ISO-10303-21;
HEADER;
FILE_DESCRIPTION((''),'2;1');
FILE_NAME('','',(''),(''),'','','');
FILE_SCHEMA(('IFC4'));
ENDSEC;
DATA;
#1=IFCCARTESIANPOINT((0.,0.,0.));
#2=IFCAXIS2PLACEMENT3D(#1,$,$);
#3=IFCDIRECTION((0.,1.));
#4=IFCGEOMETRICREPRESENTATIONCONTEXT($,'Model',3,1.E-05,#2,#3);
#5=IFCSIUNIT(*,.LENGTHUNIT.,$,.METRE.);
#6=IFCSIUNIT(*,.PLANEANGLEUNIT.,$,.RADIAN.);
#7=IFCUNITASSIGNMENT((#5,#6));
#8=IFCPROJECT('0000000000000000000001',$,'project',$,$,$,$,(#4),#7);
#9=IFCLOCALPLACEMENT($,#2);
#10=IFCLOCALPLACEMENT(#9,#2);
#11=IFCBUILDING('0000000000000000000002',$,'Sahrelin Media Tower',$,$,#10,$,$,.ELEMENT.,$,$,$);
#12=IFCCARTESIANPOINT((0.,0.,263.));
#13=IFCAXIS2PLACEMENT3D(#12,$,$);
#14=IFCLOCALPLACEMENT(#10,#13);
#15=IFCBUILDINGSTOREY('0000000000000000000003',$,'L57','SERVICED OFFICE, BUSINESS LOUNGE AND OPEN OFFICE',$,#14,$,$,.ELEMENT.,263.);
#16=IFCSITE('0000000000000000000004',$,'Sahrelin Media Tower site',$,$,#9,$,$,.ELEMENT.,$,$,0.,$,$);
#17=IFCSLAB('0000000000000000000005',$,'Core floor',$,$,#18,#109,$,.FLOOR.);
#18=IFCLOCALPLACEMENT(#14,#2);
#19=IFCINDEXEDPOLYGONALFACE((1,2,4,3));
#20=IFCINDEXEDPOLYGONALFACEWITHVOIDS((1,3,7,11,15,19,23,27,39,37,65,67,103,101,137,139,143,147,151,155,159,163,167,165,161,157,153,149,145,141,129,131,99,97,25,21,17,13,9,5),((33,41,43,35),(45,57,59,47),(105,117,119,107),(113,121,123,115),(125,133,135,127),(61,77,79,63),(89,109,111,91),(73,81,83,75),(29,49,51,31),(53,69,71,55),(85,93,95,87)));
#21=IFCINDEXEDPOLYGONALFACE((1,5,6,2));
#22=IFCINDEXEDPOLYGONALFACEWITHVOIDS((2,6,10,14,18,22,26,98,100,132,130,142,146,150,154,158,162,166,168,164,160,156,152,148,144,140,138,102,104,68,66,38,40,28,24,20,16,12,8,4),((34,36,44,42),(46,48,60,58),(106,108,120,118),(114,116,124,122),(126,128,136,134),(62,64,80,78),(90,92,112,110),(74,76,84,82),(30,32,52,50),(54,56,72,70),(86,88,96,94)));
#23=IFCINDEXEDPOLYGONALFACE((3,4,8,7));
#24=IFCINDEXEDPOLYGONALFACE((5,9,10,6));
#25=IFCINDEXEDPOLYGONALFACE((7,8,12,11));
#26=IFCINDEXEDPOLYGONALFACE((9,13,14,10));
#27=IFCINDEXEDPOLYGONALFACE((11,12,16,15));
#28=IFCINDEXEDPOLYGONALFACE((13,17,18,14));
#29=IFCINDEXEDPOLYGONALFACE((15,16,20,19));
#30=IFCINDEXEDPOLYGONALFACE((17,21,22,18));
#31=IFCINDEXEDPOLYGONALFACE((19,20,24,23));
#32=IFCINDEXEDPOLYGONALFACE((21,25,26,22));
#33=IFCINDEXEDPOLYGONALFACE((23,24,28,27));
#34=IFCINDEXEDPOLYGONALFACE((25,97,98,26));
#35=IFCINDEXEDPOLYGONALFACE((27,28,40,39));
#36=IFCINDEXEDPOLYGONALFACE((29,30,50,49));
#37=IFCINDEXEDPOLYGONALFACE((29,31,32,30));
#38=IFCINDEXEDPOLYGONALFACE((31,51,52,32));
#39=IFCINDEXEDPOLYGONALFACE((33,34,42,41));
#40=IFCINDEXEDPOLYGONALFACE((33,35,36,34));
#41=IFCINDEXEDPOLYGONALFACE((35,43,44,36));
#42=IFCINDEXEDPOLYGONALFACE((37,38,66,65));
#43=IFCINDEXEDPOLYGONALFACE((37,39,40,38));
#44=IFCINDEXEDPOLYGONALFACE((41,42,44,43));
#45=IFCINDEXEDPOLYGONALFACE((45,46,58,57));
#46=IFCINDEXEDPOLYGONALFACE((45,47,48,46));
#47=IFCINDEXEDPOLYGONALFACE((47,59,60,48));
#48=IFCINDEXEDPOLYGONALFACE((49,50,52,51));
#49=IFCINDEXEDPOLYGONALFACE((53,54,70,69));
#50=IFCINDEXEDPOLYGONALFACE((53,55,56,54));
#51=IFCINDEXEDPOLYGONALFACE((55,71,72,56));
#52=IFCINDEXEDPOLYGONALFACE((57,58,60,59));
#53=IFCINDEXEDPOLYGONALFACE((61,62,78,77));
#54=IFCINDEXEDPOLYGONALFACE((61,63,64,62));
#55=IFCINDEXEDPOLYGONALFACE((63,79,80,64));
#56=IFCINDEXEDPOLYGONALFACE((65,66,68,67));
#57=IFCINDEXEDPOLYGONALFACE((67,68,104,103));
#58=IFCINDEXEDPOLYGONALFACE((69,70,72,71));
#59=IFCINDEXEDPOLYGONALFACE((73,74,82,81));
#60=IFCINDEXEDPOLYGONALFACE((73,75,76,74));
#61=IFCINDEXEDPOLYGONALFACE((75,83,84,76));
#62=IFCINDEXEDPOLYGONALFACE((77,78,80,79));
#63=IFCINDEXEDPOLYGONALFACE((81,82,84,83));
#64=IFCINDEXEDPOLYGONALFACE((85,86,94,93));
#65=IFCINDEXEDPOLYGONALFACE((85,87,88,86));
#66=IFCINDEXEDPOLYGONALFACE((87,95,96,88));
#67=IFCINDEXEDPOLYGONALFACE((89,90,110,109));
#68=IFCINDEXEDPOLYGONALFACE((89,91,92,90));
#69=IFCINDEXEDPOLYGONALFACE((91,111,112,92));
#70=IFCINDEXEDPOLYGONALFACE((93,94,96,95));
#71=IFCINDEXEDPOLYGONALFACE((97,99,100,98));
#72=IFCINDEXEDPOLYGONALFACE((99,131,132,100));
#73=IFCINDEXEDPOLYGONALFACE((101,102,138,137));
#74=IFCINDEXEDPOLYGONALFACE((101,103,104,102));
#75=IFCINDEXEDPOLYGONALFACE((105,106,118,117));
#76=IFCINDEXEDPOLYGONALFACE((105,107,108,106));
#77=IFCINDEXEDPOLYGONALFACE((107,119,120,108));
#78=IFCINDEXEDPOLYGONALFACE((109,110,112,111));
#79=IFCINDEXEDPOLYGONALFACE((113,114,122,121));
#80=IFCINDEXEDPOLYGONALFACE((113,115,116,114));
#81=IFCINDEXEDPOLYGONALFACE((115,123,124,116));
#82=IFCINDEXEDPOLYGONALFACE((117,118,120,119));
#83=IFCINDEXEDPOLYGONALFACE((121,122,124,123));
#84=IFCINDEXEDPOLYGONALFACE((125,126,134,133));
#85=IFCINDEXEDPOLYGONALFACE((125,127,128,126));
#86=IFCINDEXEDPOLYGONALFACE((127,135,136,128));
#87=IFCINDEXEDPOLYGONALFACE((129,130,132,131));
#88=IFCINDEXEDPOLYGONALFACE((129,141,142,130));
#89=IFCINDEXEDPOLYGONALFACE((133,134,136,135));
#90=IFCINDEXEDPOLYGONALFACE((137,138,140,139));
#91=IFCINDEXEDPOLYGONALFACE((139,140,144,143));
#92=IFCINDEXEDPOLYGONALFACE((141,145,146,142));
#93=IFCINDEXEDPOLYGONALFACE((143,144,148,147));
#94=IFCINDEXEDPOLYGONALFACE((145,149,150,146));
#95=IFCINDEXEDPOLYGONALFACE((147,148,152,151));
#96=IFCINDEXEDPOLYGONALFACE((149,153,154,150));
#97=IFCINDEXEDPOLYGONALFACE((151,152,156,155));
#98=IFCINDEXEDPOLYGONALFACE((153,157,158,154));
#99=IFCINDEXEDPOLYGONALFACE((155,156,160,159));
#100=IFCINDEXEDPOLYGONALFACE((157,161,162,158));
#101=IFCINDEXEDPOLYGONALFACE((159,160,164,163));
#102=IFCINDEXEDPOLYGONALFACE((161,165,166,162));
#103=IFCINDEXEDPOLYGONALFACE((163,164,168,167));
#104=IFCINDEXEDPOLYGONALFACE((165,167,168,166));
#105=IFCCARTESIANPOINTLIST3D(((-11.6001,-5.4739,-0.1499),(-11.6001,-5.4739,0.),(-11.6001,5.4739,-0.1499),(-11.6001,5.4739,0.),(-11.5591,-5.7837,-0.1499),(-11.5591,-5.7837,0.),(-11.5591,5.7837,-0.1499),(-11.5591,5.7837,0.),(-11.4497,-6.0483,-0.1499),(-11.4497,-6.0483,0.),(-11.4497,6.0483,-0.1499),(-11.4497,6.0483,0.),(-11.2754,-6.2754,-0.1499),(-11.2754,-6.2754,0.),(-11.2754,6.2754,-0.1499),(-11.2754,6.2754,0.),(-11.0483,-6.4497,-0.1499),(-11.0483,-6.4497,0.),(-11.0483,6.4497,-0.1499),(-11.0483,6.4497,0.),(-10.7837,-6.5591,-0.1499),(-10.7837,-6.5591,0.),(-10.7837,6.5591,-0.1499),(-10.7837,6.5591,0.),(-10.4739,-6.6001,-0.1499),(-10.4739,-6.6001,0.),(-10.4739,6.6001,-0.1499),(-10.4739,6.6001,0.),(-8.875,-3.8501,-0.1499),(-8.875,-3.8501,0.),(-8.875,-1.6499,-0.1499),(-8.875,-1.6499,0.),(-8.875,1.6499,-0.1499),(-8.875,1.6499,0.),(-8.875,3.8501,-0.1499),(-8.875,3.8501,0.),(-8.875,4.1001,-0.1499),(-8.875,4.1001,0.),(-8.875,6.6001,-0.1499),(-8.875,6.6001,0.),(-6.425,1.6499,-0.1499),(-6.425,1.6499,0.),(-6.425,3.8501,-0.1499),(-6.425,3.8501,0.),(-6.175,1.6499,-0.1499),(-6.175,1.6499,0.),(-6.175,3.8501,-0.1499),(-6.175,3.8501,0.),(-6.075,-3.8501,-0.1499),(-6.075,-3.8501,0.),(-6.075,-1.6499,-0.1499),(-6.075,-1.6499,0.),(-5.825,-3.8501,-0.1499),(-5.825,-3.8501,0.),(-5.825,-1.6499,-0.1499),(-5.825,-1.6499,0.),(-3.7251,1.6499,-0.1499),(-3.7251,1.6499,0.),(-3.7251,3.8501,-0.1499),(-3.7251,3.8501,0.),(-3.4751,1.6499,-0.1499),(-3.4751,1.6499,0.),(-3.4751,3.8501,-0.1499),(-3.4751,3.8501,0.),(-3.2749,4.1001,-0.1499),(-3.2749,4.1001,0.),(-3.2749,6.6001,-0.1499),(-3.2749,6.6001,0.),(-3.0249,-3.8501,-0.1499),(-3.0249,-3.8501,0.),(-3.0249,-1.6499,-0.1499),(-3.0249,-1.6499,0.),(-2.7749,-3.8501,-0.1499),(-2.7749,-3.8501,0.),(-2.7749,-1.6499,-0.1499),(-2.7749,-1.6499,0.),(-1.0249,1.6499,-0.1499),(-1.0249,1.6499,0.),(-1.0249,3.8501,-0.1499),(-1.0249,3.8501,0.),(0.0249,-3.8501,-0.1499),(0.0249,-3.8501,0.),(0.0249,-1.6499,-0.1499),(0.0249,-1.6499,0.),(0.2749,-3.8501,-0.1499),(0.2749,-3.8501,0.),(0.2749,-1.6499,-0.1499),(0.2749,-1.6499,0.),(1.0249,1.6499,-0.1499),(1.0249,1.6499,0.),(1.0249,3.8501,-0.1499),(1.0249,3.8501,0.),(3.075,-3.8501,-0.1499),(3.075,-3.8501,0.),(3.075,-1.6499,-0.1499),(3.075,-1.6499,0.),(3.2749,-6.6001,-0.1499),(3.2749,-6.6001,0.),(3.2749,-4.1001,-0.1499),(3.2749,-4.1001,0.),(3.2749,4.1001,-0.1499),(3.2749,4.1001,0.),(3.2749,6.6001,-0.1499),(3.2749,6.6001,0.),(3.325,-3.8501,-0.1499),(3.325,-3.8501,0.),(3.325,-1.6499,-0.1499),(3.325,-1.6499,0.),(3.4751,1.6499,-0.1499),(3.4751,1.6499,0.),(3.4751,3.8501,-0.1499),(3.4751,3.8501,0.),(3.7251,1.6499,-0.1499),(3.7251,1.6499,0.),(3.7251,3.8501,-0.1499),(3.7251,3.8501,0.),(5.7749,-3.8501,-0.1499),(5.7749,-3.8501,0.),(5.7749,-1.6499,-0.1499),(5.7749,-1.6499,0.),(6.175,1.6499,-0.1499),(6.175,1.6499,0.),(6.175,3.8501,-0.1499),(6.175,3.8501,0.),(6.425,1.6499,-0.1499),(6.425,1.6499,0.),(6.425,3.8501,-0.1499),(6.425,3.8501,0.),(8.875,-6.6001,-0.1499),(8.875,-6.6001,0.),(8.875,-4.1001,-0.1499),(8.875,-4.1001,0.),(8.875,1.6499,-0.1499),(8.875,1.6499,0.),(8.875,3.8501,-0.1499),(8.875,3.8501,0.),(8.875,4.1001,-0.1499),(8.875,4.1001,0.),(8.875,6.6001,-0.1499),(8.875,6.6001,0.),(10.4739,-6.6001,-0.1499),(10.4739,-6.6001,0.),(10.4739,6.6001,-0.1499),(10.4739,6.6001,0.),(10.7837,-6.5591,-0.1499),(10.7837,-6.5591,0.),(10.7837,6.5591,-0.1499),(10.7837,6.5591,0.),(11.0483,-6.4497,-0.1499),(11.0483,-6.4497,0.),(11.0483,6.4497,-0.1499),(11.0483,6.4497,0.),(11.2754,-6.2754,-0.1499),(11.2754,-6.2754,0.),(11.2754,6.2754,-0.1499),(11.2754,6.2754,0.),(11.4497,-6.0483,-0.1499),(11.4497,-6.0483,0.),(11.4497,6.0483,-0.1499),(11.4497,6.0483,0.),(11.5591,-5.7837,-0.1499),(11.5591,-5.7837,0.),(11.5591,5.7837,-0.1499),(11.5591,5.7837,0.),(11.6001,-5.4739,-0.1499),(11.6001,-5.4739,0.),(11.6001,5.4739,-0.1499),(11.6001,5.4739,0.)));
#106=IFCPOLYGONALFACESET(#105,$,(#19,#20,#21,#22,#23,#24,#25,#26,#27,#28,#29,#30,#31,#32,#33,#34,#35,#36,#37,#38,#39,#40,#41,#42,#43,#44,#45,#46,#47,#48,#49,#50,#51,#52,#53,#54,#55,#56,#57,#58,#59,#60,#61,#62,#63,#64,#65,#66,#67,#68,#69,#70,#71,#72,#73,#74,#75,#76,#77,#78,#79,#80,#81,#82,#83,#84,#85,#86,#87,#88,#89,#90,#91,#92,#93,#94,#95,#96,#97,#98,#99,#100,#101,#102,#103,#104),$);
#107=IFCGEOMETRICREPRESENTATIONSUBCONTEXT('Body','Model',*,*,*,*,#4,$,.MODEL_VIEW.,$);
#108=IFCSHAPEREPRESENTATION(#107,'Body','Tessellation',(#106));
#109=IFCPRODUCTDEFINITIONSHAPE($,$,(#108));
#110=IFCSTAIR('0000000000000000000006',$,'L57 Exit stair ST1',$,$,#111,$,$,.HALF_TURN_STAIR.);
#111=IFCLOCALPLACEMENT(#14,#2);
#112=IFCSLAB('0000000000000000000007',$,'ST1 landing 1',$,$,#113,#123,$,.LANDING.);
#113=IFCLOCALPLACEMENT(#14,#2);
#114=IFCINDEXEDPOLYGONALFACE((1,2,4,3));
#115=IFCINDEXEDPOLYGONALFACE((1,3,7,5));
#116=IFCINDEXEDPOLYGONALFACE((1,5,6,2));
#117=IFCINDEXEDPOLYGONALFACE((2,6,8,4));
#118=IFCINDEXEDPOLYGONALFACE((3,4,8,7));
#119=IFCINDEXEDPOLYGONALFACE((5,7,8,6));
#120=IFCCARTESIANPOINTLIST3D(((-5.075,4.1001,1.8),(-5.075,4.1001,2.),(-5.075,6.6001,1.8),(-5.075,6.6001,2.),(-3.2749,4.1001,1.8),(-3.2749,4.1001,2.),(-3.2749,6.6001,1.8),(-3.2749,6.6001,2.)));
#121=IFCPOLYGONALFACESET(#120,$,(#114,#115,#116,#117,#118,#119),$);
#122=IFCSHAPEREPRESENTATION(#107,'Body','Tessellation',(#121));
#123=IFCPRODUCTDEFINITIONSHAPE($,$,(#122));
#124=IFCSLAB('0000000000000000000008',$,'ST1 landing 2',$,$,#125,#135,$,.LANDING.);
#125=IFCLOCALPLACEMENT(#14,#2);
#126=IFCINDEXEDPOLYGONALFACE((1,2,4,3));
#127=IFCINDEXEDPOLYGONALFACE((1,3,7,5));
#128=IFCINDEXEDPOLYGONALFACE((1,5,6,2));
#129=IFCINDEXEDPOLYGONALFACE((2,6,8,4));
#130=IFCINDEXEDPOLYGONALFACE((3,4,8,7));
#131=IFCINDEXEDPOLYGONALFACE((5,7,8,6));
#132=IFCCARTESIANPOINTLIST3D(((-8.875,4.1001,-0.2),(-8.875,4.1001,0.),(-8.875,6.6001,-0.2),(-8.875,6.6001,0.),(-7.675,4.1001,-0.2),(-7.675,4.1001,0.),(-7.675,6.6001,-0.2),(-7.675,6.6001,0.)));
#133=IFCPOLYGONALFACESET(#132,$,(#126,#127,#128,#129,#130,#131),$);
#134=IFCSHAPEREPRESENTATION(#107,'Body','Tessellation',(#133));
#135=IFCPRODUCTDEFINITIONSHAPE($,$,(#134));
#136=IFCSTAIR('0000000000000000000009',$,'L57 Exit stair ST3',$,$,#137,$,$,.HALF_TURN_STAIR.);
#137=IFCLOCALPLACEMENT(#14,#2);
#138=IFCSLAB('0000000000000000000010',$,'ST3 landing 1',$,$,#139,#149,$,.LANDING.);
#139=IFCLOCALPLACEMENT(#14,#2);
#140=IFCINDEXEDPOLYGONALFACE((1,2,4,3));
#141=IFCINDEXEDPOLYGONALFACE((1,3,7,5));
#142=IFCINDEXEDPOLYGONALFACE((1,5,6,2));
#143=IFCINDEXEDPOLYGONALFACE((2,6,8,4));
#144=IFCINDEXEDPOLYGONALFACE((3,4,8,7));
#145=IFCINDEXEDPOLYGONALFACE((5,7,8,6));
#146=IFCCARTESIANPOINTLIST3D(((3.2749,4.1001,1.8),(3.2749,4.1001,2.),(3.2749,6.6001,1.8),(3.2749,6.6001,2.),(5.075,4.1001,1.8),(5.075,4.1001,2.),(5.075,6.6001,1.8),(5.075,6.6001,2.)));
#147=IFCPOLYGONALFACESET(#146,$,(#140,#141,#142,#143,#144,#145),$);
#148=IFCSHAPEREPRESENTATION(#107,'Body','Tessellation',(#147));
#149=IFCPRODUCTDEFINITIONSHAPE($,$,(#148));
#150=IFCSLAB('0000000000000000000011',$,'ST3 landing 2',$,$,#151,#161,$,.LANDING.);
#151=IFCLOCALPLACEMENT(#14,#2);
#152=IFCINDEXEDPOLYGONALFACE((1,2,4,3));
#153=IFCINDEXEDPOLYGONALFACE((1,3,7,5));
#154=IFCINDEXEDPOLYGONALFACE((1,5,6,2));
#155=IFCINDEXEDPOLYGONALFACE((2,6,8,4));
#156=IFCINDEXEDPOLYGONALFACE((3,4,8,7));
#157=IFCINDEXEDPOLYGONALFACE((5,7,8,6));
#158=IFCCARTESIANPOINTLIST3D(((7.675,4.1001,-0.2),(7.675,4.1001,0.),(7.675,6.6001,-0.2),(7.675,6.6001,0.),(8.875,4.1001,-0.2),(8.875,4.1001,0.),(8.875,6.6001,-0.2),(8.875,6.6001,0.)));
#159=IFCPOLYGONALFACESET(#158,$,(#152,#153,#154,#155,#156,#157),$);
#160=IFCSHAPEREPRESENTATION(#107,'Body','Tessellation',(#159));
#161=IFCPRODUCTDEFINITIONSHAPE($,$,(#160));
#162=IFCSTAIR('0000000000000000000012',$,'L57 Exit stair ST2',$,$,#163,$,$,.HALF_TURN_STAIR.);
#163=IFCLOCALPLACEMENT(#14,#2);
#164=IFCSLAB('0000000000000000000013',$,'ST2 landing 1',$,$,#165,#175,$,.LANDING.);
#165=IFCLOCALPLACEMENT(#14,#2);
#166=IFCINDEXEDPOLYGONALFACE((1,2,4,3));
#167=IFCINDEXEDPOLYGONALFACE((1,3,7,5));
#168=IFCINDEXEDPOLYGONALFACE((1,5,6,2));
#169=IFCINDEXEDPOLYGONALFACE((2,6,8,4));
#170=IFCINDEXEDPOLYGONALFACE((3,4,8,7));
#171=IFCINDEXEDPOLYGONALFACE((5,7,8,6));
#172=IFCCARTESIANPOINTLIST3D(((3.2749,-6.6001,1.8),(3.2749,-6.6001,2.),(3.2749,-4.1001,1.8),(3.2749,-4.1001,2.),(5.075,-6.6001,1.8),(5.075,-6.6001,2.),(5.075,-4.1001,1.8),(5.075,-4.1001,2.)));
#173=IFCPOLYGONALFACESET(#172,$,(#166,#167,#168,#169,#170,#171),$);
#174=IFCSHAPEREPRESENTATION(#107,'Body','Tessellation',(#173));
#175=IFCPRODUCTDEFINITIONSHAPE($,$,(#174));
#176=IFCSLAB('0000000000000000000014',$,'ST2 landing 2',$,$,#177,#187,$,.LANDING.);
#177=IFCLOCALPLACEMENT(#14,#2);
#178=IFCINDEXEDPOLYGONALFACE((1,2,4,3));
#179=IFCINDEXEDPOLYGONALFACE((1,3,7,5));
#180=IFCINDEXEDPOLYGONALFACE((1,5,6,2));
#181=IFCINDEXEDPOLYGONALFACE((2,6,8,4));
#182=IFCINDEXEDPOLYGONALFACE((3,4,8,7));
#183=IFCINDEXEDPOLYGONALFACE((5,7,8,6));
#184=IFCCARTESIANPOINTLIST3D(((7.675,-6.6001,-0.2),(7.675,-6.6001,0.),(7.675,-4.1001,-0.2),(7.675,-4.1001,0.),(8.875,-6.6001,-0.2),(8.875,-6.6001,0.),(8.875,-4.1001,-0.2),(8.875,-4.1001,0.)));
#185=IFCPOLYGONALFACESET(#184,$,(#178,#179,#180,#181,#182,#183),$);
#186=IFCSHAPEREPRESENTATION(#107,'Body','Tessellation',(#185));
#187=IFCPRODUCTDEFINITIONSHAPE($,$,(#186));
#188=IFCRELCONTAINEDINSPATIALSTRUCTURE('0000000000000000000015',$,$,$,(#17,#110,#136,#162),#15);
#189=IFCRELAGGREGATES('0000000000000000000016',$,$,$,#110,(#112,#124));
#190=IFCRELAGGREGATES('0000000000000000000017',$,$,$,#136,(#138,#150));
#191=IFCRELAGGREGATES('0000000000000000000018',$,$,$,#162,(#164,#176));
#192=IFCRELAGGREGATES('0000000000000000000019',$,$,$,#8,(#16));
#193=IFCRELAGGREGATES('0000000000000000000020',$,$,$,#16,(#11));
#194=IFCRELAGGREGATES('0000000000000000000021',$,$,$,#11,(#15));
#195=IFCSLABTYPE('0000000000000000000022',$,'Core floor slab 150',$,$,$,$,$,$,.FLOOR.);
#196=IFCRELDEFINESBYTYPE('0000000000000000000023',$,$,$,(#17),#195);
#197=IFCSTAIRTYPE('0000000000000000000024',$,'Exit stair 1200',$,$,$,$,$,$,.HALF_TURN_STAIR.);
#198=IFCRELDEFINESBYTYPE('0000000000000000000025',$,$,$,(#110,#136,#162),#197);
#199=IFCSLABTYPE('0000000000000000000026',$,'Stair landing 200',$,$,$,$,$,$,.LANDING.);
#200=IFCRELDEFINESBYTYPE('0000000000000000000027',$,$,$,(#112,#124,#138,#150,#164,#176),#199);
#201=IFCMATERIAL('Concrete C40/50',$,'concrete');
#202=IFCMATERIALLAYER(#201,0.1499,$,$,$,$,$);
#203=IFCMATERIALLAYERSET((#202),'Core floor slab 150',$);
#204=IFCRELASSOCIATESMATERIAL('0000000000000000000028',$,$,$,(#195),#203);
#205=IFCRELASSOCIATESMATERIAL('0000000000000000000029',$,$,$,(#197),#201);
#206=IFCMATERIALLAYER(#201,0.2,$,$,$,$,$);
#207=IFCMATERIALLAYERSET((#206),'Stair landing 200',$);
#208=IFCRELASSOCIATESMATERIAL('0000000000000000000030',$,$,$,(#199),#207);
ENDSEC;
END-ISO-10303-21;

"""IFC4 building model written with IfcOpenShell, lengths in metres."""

from ifc_helpers import new_model, si_unit, direction, frame, origin, place, context, subcontext, project, spatial, polyline, outline, extrude, material, layer, layer_set, type_object, element, aggregate, save


model = new_model("IFC4")

# Units and contexts
model_context = context("Model", 3, precision=1e-05, world=origin(), true_north=direction((0.0, 1.0)))
body_context = subcontext(model_context, "Body", "Model", "MODEL_VIEW")
ifc_project = project(units=[si_unit("LENGTHUNIT", "METRE"), si_unit("PLANEANGLEUNIT", "RADIAN")], contexts=[model_context])

# Site, building, storey
site_placement = place(None, origin())
site = spatial("IfcSite", under=ifc_project, at=site_placement, Name="Sahrelin Media Tower site", CompositionType="ELEMENT", RefElevation=0.0)
building_placement = place(site_placement, origin())
building = spatial("IfcBuilding", under=site, at=building_placement, Name="Sahrelin Media Tower", CompositionType="ELEMENT")
storey_placement = place(building_placement, frame((0.0, 0.0, 263.0)))
storey = spatial("IfcBuildingStorey", under=building, at=storey_placement, Name="L57", Description="SERVICED OFFICE, BUSINESS LOUNGE AND OPEN OFFICE", CompositionType="ELEMENT", Elevation=263.0)

# Slab
ifc_material_1 = material(Name="Concrete C40/50", Category="concrete")
ifc_layer_1 = layer(ifc_material_1, 0.1499)
ifc_layer_set_1 = layer_set([ifc_layer_1], Name="Core floor slab 150")
slab_type_1 = type_object("IfcSlabType", Name="Core floor slab 150", PredefinedType="FLOOR", material=ifc_layer_set_1)
slab_1_placement = place(storey_placement, frame((0.0, 0.0, -0.1499)))
element("IfcSlab", 1, at=slab_1_placement, inside=storey, type_object=slab_type_1, Name="Core floor", PredefinedType="FLOOR", context=body_context, shape_type="SweptSolid", body=[
    extrude(outline(polyline([(-11.6001, -5.4739), (-11.5591, -5.7837), (-11.4497, -6.0483), (-11.2754, -6.2754), (-11.0483, -6.4497), (-10.7837, -6.5591), (-10.4739, -6.6001), (3.2749, -6.6001), (3.2749, -4.1001), (8.875, -4.1001), (8.875, -6.6001), (10.4739, -6.6001), (10.7837, -6.5591), (11.0483, -6.4497), (11.2754, -6.2754), (11.4497, -6.0483), (11.5591, -5.7837), (11.6001, -5.4739), (11.6001, 5.4739), (11.5591, 5.7837), (11.4497, 6.0483), (11.2754, 6.2754), (11.0483, 6.4497), (10.7837, 6.5591), (10.4739, 6.6001), (8.875, 6.6001), (8.875, 4.1001), (3.2749, 4.1001), (3.2749, 6.6001), (-3.2749, 6.6001), (-3.2749, 4.1001), (-8.875, 4.1001), (-8.875, 6.6001), (-10.4739, 6.6001), (-10.7837, 6.5591), (-11.0483, 6.4497), (-11.2754, 6.2754), (-11.4497, 6.0483), (-11.5591, 5.7837), (-11.6001, 5.4739), (-11.6001, -5.4739)]), holes=[polyline([(-8.875, 3.8501), (-8.875, 1.6499), (-6.425, 1.6499), (-6.425, 3.8501), (-8.875, 3.8501)]), polyline([(-3.7251, 3.8501), (-6.175, 3.8501), (-6.175, 1.6499), (-3.7251, 1.6499), (-3.7251, 3.8501)]), polyline([(-1.0249, 1.6499), (-1.0249, 3.8501), (-3.4751, 3.8501), (-3.4751, 1.6499), (-1.0249, 1.6499)]), polyline([(1.0249, 1.6499), (3.4751, 1.6499), (3.4751, 3.8501), (1.0249, 3.8501), (1.0249, 1.6499)]), polyline([(3.7251, 3.8501), (3.7251, 1.6499), (6.175, 1.6499), (6.175, 3.8501), (3.7251, 3.8501)]), polyline([(8.875, 3.8501), (6.425, 3.8501), (6.425, 1.6499), (8.875, 1.6499), (8.875, 3.8501)]), polyline([(-6.075, -3.8501), (-6.075, -1.6499), (-8.875, -1.6499), (-8.875, -3.8501), (-6.075, -3.8501)]), polyline([(-5.825, -3.8501), (-3.0249, -3.8501), (-3.0249, -1.6499), (-5.825, -1.6499), (-5.825, -3.8501)]), polyline([(-2.7749, -1.6499), (-2.7749, -3.8501), (0.0249, -3.8501), (0.0249, -1.6499), (-2.7749, -1.6499)]), polyline([(3.075, -1.6499), (0.2749, -1.6499), (0.2749, -3.8501), (3.075, -3.8501), (3.075, -1.6499)]), polyline([(5.7749, -3.8501), (5.7749, -1.6499), (3.325, -1.6499), (3.325, -3.8501), (5.7749, -3.8501)])]), origin(), (0.0, 0.0, 1.0), 0.1499),
])

# Stairs, slabs
stair_type = type_object("IfcStairType", Name="Exit stair 1200", PredefinedType="HALF_TURN_STAIR", material=ifc_material_1)
placement_1 = place(storey_placement, origin())
stair_1 = element("IfcStair", 2, at=placement_1, inside=storey, type_object=stair_type, Name="L57 Exit stair ST1", PredefinedType="HALF_TURN_STAIR")
ifc_layer_2 = layer(ifc_material_1, 0.2)
ifc_layer_set_2 = layer_set([ifc_layer_2], Name="Stair landing 200")
slab_type_2 = type_object("IfcSlabType", Name="Stair landing 200", PredefinedType="LANDING", material=ifc_layer_set_2)
placement_2 = place(storey_placement, frame((0.0, 0.0, 1.8)))
slab_2 = element("IfcSlab", 3, at=placement_2, type_object=slab_type_2, Name="ST1 landing 1", PredefinedType="LANDING", context=body_context, shape_type="SweptSolid", body=[
    extrude(outline(polyline([(-5.075, 4.1001), (-3.2749, 4.1001), (-3.2749, 6.6001), (-5.075, 6.6001), (-5.075, 4.1001)])), origin(), (0.0, 0.0, 1.0), 0.2),
])
placement_3 = place(storey_placement, frame((0.0, 0.0, -0.2)))
slab_3 = element("IfcSlab", 4, at=placement_3, type_object=slab_type_2, Name="ST1 landing 2", PredefinedType="LANDING", context=body_context, shape_type="SweptSolid", body=[
    extrude(outline(polyline([(-8.875, 4.1001), (-7.675, 4.1001), (-7.675, 6.6001), (-8.875, 6.6001), (-8.875, 4.1001)])), origin(), (0.0, 0.0, 1.0), 0.2),
])
aggregate(stair_1, [slab_2, slab_3])
stair_2 = element("IfcStair", 5, at=placement_1, inside=storey, type_object=stair_type, Name="L57 Exit stair ST3", PredefinedType="HALF_TURN_STAIR")
slab_4 = element("IfcSlab", 6, at=placement_2, type_object=slab_type_2, Name="ST3 landing 1", PredefinedType="LANDING", context=body_context, shape_type="SweptSolid", body=[
    extrude(outline(polyline([(5.075, 6.6001), (3.2749, 6.6001), (3.2749, 4.1001), (5.075, 4.1001), (5.075, 6.6001)])), origin(), (0.0, 0.0, 1.0), 0.2),
])
slab_5 = element("IfcSlab", 7, at=placement_3, type_object=slab_type_2, Name="ST3 landing 2", PredefinedType="LANDING", context=body_context, shape_type="SweptSolid", body=[
    extrude(outline(polyline([(8.875, 6.6001), (7.675, 6.6001), (7.675, 4.1001), (8.875, 4.1001), (8.875, 6.6001)])), origin(), (0.0, 0.0, 1.0), 0.2),
])
aggregate(stair_2, [slab_4, slab_5])
stair_3 = element("IfcStair", 8, at=placement_1, inside=storey, type_object=stair_type, Name="L57 Exit stair ST2", PredefinedType="HALF_TURN_STAIR")
slab_6 = element("IfcSlab", 9, at=placement_2, type_object=slab_type_2, Name="ST2 landing 1", PredefinedType="LANDING", context=body_context, shape_type="SweptSolid", body=[
    extrude(outline(polyline([(5.075, -4.1001), (3.2749, -4.1001), (3.2749, -6.6001), (5.075, -6.6001), (5.075, -4.1001)])), origin(), (0.0, 0.0, 1.0), 0.2),
])
slab_7 = element("IfcSlab", 10, at=placement_3, type_object=slab_type_2, Name="ST2 landing 2", PredefinedType="LANDING", context=body_context, shape_type="SweptSolid", body=[
    extrude(outline(polyline([(8.875, -4.1001), (7.675, -4.1001), (7.675, -6.6001), (8.875, -6.6001), (8.875, -4.1001)])), origin(), (0.0, 0.0, 1.0), 0.2),
])
aggregate(stair_3, [slab_6, slab_7])

save(model, "model.ifc")
